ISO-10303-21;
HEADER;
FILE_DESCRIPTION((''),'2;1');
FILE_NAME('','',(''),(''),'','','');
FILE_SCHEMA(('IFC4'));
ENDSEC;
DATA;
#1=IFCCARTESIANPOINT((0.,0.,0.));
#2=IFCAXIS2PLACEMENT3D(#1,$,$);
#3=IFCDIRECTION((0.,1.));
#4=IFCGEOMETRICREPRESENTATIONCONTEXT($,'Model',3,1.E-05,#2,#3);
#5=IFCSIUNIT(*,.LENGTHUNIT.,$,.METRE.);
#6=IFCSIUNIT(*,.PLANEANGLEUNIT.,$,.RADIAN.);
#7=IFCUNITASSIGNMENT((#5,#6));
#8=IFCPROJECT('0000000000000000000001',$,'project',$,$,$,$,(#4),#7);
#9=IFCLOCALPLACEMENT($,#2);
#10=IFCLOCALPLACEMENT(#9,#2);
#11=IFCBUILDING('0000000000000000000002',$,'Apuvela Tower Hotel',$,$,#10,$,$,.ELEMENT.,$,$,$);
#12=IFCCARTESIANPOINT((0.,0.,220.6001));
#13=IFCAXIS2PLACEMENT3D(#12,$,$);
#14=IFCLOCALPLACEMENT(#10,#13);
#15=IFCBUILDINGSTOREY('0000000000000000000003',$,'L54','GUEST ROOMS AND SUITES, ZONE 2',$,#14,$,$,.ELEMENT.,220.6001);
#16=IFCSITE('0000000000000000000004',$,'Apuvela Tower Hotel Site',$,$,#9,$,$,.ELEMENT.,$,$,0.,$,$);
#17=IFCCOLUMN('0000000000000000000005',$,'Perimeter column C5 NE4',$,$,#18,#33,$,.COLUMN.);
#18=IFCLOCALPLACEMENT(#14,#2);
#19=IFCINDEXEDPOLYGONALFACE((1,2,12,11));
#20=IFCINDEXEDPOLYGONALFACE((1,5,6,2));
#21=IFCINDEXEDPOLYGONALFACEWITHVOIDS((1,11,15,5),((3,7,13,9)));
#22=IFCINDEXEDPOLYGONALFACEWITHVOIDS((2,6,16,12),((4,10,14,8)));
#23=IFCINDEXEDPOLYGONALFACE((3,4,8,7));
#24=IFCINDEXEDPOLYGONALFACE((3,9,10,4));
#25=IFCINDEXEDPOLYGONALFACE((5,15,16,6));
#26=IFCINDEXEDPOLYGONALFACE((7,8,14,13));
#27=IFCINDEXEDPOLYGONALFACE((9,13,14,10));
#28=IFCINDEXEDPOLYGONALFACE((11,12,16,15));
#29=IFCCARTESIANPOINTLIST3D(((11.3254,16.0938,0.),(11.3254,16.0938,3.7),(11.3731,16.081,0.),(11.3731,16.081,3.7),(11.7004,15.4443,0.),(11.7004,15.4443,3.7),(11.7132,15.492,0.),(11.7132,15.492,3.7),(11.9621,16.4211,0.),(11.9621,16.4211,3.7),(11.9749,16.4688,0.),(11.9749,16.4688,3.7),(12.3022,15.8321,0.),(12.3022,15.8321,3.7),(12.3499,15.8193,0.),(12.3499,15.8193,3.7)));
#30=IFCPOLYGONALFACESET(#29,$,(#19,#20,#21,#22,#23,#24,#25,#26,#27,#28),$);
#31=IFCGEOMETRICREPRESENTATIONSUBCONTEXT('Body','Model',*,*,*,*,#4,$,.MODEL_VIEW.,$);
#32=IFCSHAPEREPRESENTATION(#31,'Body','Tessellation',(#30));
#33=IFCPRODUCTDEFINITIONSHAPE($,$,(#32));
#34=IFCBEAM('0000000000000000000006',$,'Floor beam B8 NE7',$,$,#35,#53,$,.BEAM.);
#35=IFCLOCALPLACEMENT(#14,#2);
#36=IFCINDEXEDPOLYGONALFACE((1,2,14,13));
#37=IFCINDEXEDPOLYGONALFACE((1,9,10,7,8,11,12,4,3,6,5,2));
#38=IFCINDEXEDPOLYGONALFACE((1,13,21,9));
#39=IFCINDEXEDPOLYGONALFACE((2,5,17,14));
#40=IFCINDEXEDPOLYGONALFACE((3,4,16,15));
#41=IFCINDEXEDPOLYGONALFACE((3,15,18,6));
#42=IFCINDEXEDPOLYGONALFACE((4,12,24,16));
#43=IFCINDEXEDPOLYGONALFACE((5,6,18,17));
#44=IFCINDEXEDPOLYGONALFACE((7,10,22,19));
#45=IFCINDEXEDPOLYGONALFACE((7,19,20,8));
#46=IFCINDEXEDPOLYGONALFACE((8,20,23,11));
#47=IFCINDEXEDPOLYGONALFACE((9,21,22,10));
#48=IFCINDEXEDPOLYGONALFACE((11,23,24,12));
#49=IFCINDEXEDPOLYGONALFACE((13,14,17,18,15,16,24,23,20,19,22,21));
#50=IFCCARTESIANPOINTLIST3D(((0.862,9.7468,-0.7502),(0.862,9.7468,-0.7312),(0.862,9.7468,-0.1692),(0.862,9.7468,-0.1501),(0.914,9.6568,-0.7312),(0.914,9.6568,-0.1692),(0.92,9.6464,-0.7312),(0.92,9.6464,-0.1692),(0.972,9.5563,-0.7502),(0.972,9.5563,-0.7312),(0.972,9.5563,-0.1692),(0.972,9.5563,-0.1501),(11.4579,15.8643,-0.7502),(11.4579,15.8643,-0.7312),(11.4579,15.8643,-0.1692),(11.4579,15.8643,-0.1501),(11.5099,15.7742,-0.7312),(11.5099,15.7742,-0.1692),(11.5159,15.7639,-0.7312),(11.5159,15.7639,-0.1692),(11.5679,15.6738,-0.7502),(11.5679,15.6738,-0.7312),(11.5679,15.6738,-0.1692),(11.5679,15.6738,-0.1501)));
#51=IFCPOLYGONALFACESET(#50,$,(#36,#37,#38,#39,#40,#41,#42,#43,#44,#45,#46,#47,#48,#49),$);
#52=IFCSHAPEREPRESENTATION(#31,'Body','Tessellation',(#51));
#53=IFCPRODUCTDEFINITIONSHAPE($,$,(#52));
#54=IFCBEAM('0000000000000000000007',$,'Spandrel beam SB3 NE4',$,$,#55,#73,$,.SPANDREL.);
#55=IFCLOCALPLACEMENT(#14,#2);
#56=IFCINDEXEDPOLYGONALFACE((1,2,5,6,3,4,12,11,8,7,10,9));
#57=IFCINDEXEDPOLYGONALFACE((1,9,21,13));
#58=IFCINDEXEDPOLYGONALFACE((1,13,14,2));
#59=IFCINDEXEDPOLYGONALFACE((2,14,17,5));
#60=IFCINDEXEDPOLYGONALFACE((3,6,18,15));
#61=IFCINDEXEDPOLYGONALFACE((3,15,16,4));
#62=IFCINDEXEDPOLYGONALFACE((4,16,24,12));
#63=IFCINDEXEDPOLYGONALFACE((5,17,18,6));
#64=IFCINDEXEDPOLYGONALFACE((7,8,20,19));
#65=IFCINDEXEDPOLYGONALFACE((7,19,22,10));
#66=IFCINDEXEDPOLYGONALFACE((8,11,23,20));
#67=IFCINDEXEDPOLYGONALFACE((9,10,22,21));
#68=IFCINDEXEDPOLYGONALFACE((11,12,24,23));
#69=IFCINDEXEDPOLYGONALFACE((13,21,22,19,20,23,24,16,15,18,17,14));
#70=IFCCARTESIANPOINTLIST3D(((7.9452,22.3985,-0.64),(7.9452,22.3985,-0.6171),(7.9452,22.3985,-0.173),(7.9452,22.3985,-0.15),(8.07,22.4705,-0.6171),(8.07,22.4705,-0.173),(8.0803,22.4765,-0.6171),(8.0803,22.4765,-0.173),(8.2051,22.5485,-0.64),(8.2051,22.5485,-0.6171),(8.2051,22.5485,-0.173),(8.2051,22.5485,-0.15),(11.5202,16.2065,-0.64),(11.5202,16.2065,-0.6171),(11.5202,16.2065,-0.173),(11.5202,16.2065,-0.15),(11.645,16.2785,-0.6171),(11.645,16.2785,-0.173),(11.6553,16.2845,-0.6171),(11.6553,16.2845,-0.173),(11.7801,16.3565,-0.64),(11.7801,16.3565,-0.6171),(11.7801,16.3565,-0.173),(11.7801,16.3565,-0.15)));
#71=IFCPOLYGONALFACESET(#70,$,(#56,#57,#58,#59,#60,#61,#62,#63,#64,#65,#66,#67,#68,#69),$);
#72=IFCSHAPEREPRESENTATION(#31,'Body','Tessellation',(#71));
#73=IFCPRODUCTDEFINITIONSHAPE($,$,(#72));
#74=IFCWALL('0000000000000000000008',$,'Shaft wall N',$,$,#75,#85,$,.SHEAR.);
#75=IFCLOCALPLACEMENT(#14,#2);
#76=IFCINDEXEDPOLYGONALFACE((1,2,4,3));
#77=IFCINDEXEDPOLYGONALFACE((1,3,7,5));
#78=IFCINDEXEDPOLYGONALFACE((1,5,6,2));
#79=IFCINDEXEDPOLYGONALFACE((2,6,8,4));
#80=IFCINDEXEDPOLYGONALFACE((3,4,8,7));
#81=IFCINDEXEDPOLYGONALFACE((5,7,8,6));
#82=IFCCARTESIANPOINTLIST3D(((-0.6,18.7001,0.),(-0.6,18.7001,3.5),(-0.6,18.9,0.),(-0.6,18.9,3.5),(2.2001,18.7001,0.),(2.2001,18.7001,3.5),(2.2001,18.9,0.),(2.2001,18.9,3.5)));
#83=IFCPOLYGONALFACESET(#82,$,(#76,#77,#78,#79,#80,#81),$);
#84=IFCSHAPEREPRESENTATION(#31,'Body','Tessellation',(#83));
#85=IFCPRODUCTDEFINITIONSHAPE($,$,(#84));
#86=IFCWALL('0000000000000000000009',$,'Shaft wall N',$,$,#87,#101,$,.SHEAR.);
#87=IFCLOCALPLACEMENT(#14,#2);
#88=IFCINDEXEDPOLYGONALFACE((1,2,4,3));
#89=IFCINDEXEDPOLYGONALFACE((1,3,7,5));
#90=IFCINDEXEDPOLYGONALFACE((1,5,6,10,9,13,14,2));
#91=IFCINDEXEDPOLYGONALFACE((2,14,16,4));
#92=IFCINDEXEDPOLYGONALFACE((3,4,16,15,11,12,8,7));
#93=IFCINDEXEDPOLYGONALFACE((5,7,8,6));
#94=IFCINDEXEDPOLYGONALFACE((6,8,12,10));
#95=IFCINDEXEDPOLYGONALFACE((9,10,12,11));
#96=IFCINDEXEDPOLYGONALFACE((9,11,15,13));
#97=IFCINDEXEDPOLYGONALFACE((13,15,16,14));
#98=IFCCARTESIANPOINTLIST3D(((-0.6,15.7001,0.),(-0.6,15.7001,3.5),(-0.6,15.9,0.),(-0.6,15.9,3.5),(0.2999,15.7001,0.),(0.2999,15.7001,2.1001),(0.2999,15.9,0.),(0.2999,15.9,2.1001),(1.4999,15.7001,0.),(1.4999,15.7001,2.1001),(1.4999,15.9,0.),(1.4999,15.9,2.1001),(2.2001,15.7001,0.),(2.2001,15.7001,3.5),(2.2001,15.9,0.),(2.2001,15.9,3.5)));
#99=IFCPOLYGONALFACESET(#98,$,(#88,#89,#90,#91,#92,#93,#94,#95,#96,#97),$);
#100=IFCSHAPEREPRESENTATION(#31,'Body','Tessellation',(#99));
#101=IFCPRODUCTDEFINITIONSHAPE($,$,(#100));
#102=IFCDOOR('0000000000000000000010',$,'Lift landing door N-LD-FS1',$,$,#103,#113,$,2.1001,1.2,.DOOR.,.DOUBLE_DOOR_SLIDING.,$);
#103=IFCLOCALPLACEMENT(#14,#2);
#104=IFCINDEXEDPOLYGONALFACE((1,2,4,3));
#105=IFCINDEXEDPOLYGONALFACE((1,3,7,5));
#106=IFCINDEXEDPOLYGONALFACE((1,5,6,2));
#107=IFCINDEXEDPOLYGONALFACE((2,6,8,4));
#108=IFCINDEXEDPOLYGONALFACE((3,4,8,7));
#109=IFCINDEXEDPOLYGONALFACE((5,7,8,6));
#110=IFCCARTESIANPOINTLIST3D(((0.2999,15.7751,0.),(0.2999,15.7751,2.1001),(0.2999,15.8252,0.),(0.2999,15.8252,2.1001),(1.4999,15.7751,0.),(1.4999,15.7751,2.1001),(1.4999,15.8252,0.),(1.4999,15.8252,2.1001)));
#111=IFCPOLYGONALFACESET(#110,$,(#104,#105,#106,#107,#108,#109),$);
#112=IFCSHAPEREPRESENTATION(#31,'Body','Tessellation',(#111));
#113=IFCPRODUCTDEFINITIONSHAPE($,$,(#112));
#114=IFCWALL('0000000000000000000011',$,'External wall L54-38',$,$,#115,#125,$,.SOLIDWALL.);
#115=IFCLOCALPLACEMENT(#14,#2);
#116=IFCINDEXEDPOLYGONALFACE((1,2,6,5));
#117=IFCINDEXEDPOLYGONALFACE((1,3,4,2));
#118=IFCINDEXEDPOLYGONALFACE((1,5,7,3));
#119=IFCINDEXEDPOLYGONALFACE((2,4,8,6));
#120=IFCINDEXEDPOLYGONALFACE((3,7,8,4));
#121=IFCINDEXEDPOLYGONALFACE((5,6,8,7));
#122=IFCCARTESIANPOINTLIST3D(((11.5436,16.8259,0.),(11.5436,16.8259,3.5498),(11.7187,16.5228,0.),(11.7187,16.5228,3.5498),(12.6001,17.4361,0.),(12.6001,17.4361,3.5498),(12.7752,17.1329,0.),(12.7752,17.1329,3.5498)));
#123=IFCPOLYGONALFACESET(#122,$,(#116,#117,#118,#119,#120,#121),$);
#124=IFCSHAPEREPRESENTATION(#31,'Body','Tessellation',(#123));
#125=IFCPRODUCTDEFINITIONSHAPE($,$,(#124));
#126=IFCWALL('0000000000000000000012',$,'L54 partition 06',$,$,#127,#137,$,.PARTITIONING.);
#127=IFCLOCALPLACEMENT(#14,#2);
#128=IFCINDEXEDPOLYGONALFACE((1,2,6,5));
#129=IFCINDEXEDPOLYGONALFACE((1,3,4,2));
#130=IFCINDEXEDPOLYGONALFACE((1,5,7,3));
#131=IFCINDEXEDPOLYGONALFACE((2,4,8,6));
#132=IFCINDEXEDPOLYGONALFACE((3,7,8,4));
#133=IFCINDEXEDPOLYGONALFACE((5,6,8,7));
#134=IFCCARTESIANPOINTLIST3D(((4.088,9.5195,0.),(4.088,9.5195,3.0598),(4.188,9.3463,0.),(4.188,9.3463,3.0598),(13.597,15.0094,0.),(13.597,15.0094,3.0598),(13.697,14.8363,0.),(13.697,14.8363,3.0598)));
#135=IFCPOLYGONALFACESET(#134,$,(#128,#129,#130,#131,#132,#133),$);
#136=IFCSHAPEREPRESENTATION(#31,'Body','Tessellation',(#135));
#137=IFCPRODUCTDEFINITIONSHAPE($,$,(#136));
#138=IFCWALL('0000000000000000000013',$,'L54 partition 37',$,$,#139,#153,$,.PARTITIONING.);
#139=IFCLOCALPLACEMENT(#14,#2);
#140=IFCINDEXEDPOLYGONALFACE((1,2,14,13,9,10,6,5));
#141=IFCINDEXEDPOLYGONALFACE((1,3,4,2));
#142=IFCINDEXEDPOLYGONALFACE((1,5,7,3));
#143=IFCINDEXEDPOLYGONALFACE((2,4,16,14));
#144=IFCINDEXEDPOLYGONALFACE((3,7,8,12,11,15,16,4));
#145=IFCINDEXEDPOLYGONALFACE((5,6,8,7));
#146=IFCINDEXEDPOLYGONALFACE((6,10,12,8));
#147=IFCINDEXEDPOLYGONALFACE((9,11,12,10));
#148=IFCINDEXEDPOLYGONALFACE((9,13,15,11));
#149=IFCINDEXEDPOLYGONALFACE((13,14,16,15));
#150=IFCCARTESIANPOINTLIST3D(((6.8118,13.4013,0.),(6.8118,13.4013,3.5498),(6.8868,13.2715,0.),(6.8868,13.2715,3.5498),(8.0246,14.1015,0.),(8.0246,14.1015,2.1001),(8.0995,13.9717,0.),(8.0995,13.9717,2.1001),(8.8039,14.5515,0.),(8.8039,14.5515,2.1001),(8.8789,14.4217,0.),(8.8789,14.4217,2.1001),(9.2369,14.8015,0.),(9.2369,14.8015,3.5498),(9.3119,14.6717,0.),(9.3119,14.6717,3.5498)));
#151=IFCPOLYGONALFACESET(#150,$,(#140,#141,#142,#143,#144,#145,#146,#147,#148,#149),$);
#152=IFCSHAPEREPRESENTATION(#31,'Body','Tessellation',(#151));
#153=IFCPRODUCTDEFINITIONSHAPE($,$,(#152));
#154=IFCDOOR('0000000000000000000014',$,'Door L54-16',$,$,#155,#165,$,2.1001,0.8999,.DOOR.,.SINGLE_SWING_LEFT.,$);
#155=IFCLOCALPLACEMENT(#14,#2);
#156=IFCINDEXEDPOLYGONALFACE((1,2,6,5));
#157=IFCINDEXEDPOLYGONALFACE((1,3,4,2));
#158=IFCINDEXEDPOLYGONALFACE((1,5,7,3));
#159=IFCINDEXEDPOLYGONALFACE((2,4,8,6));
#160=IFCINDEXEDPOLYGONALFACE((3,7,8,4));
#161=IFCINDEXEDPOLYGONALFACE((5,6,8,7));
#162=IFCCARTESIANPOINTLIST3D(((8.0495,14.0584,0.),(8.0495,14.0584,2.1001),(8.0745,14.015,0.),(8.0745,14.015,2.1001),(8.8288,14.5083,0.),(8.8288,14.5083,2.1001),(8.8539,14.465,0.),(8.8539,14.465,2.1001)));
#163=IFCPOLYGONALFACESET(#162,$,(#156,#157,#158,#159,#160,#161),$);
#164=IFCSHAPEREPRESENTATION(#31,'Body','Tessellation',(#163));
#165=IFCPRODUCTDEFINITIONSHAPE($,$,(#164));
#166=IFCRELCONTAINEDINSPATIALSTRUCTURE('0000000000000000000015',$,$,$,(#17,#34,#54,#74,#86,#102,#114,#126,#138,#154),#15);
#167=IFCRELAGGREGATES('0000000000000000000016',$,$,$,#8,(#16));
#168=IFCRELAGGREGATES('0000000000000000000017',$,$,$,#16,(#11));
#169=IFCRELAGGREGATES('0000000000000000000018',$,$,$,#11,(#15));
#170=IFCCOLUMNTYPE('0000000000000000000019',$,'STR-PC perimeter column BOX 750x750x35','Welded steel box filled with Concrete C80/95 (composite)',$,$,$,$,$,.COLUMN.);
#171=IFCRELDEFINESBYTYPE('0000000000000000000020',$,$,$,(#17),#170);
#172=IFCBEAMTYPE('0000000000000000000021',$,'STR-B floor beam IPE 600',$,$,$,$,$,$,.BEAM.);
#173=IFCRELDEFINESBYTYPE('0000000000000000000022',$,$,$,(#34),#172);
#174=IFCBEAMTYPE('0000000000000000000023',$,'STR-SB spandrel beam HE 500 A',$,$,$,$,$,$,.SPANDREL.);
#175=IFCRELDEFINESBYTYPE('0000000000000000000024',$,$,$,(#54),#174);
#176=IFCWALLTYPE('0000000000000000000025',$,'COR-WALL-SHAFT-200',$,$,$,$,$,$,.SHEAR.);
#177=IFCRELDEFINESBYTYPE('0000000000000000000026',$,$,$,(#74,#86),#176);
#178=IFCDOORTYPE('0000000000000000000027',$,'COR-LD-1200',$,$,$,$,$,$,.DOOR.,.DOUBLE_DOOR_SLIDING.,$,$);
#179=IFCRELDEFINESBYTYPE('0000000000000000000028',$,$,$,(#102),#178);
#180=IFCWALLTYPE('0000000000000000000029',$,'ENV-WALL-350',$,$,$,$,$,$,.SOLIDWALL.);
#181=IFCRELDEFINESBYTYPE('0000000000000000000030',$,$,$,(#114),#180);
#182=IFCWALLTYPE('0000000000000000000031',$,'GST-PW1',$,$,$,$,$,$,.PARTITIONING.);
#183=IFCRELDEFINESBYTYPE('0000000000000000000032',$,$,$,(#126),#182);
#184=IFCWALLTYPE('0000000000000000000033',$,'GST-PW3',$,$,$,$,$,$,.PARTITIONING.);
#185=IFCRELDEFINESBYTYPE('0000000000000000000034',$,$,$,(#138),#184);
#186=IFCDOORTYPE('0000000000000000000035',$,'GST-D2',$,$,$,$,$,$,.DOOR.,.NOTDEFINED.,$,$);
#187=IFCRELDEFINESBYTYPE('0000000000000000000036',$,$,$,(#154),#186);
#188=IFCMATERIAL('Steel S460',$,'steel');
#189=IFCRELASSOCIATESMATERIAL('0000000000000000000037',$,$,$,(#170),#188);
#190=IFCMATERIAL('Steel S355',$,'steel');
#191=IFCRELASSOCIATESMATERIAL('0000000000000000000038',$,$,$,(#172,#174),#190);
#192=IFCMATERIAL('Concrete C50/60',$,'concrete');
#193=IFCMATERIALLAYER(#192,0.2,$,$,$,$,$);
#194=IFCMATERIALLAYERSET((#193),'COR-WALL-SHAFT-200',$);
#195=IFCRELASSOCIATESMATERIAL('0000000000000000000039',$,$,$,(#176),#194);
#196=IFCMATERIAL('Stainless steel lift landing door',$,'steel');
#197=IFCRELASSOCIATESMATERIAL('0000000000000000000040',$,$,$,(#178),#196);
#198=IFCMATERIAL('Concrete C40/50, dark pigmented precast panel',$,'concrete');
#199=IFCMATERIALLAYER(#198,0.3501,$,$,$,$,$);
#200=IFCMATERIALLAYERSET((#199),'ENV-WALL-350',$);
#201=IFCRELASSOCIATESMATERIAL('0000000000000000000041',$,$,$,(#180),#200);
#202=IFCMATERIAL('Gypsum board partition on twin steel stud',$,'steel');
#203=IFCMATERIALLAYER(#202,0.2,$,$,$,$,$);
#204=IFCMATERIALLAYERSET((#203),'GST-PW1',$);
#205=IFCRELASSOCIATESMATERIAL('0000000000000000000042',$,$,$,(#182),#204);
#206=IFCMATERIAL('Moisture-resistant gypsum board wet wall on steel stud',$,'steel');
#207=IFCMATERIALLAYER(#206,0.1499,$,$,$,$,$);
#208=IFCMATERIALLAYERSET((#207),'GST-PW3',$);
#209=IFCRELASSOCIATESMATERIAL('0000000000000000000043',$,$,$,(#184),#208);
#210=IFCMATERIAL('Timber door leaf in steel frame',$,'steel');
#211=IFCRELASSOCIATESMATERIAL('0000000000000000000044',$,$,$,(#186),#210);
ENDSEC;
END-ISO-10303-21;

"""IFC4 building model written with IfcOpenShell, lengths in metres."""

from ifc_helpers import new_model, si_unit, direction, frame, frame_2d, origin, origin_2d, place, context, subcontext, project, spatial, rectangle, hollow_rectangle, i_section, extrude, material, layer, layer_set, material_profile, profile_set, type_object, element, fill, save


model = new_model("IFC4")

# Units and contexts
model_context = context("Model", 3, precision=1e-05, world=origin(), true_north=direction((0.0, 1.0)))
body_context = subcontext(model_context, "Body", "Model", "MODEL_VIEW")
ifc_project = project(units=[si_unit("LENGTHUNIT", "METRE"), si_unit("PLANEANGLEUNIT", "RADIAN")], contexts=[model_context])

# Site, building, storey
site_placement = place(None, origin())
site = spatial("IfcSite", under=ifc_project, at=site_placement, Name="Apuvela Tower Hotel Site", CompositionType="ELEMENT", RefElevation=0.0)
building_placement = place(site_placement, origin())
building = spatial("IfcBuilding", under=site, at=building_placement, Name="Apuvela Tower Hotel", CompositionType="ELEMENT")
storey_placement = place(building_placement, frame((0.0, 0.0, 220.6001)))
storey = spatial("IfcBuildingStorey", under=building, at=storey_placement, Name="L54", Description="GUEST ROOMS AND SUITES, ZONE 2", CompositionType="ELEMENT", Elevation=220.6001)

# Column
ifc_material_1 = material(Name="Steel S460", Category="steel")
ifc_material_profile_1 = material_profile(ifc_material_1, hollow_rectangle(XDim=0.75, YDim=0.75, WallThickness=0.0349, at=origin_2d()), Name="BOX 750x750x35")
ifc_material_2 = material(Name="Concrete C80/95", Category="concrete")
ifc_material_profile_2 = material_profile(ifc_material_2, rectangle(XDim=0.6799, YDim=0.6799, at=origin_2d()), Name="Concrete C80/95 infill")
ifc_profile_set_1 = profile_set([ifc_material_profile_1, ifc_material_profile_2], Name="Steel S460")
column_type = type_object("IfcColumnType", Name="STR-PC perimeter column BOX 750x750x35", Description="Welded steel box filled with Concrete C80/95 (composite)", PredefinedType="COLUMN", material=ifc_profile_set_1)
column_placement = place(storey_placement, frame((11.8376, 15.9565, 0.0), z_axis=(0.0, 0.0, 1.0), x_axis=(-0.5, 0.866025, 0.0)))
element("IfcColumn", 1, at=column_placement, inside=storey, type_object=column_type, Name="Perimeter column C5 NE4", PredefinedType="COLUMN", context=body_context, shape_type="SweptSolid", body=[
    extrude(hollow_rectangle(XDim=0.75, YDim=0.75, WallThickness=0.0349, at=origin_2d()), origin(), (0.0, 0.0, 1.0), 3.7),
])

# Beams
ifc_material_3 = material(Name="Steel S355", Category="steel")
ifc_material_profile_3 = material_profile(ifc_material_3, i_section(OverallWidth=0.22, OverallDepth=0.6001, WebThickness=0.012, FlangeThickness=0.019, at=origin_2d()), Name="IPE 600")
ifc_profile_set_2 = profile_set([ifc_material_profile_3], Name="Steel S355")
beam_type_1 = type_object("IfcBeamType", Name="STR-B floor beam IPE 600", PredefinedType="BEAM", material=ifc_profile_set_2)
beam_1_placement = place(storey_placement, frame((11.5129, 15.769, -0.4502), z_axis=(-0.86603, -0.499991, 0.0), x_axis=(0.499991, -0.86603, 0.0)))
element("IfcBeam", 2, at=beam_1_placement, inside=storey, type_object=beam_type_1, Name="Floor beam B8 NE7", PredefinedType="BEAM", context=body_context, shape_type="SweptSolid", body=[
    extrude(i_section(OverallWidth=0.22, OverallDepth=0.6001, WebThickness=0.012, FlangeThickness=0.019, at=origin_2d()), origin(), (0.0, 0.0, 1.0), 12.2351),
])
ifc_material_profile_4 = material_profile(ifc_material_3, i_section(OverallWidth=0.3, OverallDepth=0.49, WebThickness=0.012, FlangeThickness=0.0229, at=origin_2d()), Name="HE 500 A")
ifc_profile_set_3 = profile_set([ifc_material_profile_4], Name="Steel S355")
beam_type_2 = type_object("IfcBeamType", Name="STR-SB spandrel beam HE 500 A", PredefinedType="SPANDREL", material=ifc_profile_set_3)
beam_2_placement = place(storey_placement, frame((11.6501, 16.2815, -0.395), z_axis=(-0.500006, 0.866022, 0.0), x_axis=(-0.866022, -0.500006, 0.0)))
element("IfcBeam", 3, at=beam_2_placement, inside=storey, type_object=beam_type_2, Name="Spandrel beam SB3 NE4", PredefinedType="SPANDREL", context=body_context, shape_type="SweptSolid", body=[
    extrude(i_section(OverallWidth=0.3, OverallDepth=0.49, WebThickness=0.012, FlangeThickness=0.0229, at=origin_2d()), origin(), (0.0, 0.0, 1.0), 7.1499),
])

# Wall
ifc_material_4 = material(Name="Concrete C50/60", Category="concrete")
ifc_layer_1 = layer(ifc_material_4, 0.2)
ifc_layer_set_1 = layer_set([ifc_layer_1], Name="COR-WALL-SHAFT-200")
wall_type_1 = type_object("IfcWallType", Name="COR-WALL-SHAFT-200", PredefinedType="SHEAR", material=ifc_layer_set_1)
wall_1_placement = place(storey_placement, frame((2.2, 18.8, 0.0), z_axis=(0.0, 0.0, 1.0), x_axis=(-1.0, 0.0, 0.0)))
element("IfcWall", 4, at=wall_1_placement, inside=storey, type_object=wall_type_1, Name="Shaft wall N", PredefinedType="SHEAR", context=body_context, shape_type="SweptSolid", body=[
    extrude(rectangle(XDim=2.8, YDim=0.2, at=frame_2d((1.3999, 0.0))), origin(), (0.0, 0.0, 1.0), 3.5),
])

# Wall, opening, door
wall_2_placement = place(storey_placement, frame((2.2, 15.8, 0.0), z_axis=(0.0, 0.0, 1.0), x_axis=(-1.0, 0.0, 0.0)))
wall_2 = element("IfcWall", 5, at=wall_2_placement, inside=storey, type_object=wall_type_1, Name="Shaft wall N", PredefinedType="SHEAR", context=body_context, shape_type="SweptSolid", body=[
    extrude(rectangle(XDim=2.8, YDim=0.2, at=frame_2d((1.3999, 0.0))), origin(), (0.0, 0.0, 1.0), 3.5),
])
opening_1_placement = place(wall_2_placement, frame((0.7, 0.0, 0.0)))
opening_1 = element("IfcOpeningElement", 6, at=opening_1_placement, cuts=wall_2, PredefinedType="OPENING", context=body_context, shape_type="SweptSolid", body=[
    extrude(rectangle(XDim=1.2, YDim=2.1001, at=frame_2d((0.6001, 1.05))), frame((0.0, 0.1099, 0.0), z_axis=(0.0, -1.0, 0.0), x_axis=(1.0, 0.0, 0.0)), (0.0, 0.0, 1.0), 0.22),
])
ifc_material_5 = material(Name="Stainless steel lift landing door", Category="steel")
door_type_1 = type_object("IfcDoorType", Name="COR-LD-1200", OperationType="DOUBLE_DOOR_SLIDING", PredefinedType="DOOR", material=ifc_material_5)
door_1_placement = place(opening_1_placement, origin())
door_1 = element("IfcDoor", 7, at=door_1_placement, inside=storey, type_object=door_type_1, Name="Lift landing door N-LD-FS1", OperationType="DOUBLE_DOOR_SLIDING", OverallHeight=2.1001, OverallWidth=1.2, PredefinedType="DOOR", context=body_context, shape_type="SweptSolid", body=[
    extrude(rectangle(XDim=1.2, YDim=2.1001, at=frame_2d((0.6001, 1.05))), frame((0.0, 0.0249, 0.0), z_axis=(0.0, -1.0, 0.0), x_axis=(1.0, 0.0, 0.0)), (0.0, 0.0, 1.0), 0.05),
])
fill(opening_1, door_1)

# Wall
ifc_material_6 = material(Name="Concrete C40/50, dark pigmented precast panel", Category="concrete")
ifc_layer_2 = layer(ifc_material_6, 0.3501)
ifc_layer_set_2 = layer_set([ifc_layer_2], Name="ENV-WALL-350")
wall_type_2 = type_object("IfcWallType", Name="ENV-WALL-350", PredefinedType="SOLIDWALL", material=ifc_layer_set_2)
wall_3_placement = place(storey_placement, frame((12.6875, 17.2844, 0.0), z_axis=(0.0, 0.0, 1.0), x_axis=(-0.865956, -0.500121, 0.0)))
element("IfcWall", 8, at=wall_3_placement, inside=storey, type_object=wall_type_2, Name="External wall L54-38", PredefinedType="SOLIDWALL", context=body_context, shape_type="SweptSolid", body=[
    extrude(rectangle(XDim=1.22, YDim=0.3501, at=frame_2d((0.6099, 0.0))), origin(), (0.0, 0.0, 1.0), 3.5498),
])

# Wall
ifc_material_7 = material(Name="Gypsum board partition on twin steel stud", Category="steel")
ifc_layer_3 = layer(ifc_material_7, 0.2)
ifc_layer_set_3 = layer_set([ifc_layer_3], Name="GST-PW1")
wall_type_3 = type_object("IfcWallType", Name="GST-PW1", PredefinedType="PARTITIONING", material=ifc_layer_set_3)
wall_4_placement = place(storey_placement, frame((13.647, 14.9229, 0.0), z_axis=(0.0, 0.0, 1.0), x_axis=(-0.866027, -0.499996, 0.0)))
element("IfcWall", 9, at=wall_4_placement, inside=storey, type_object=wall_type_3, Name="L54 partition 06", PredefinedType="PARTITIONING", context=body_context, shape_type="SweptSolid", body=[
    extrude(rectangle(XDim=10.98, YDim=0.2, at=frame_2d((5.49, 0.0))), origin(), (0.0, 0.0, 1.0), 3.0598),
])

# Wall, opening, door
ifc_material_8 = material(Name="Moisture-resistant gypsum board wet wall on steel stud", Category="steel")
ifc_layer_4 = layer(ifc_material_8, 0.1499)
ifc_layer_set_4 = layer_set([ifc_layer_4], Name="GST-PW3")
wall_type_4 = type_object("IfcWallType", Name="GST-PW3", PredefinedType="PARTITIONING", material=ifc_layer_set_4)
wall_5_placement = place(storey_placement, frame((9.2744, 14.7366, 0.0), z_axis=(0.0, 0.0, 1.0), x_axis=(-0.866019, -0.500012, 0.0)))
wall_5 = element("IfcWall", 10, at=wall_5_placement, inside=storey, type_object=wall_type_4, Name="L54 partition 37", PredefinedType="PARTITIONING", context=body_context, shape_type="SweptSolid", body=[
    extrude(rectangle(XDim=2.8003, YDim=0.1499, at=frame_2d((1.4001, 0.0))), origin(), (0.0, 0.0, 1.0), 3.5498),
])
opening_2_placement = place(wall_5_placement, frame((0.5, 0.0, 0.0)))
opening_2 = element("IfcOpeningElement", 11, at=opening_2_placement, cuts=wall_5, PredefinedType="OPENING", context=body_context, shape_type="SweptSolid", body=[
    extrude(rectangle(XDim=0.8999, YDim=2.1001, at=frame_2d((0.45, 1.05))), frame((0.0, 0.085, 0.0), z_axis=(0.0, -1.0, 0.0), x_axis=(1.0, 0.0, 0.0)), (0.0, 0.0, 1.0), 0.1699),
])
ifc_material_9 = material(Name="Timber door leaf in steel frame", Category="steel")
door_type_2 = type_object("IfcDoorType", Name="GST-D2", OperationType="NOTDEFINED", PredefinedType="DOOR", material=ifc_material_9)
door_2_placement = place(opening_2_placement, origin())
door_2 = element("IfcDoor", 12, at=door_2_placement, inside=storey, type_object=door_type_2, Name="Door L54-16", OperationType="SINGLE_SWING_LEFT", OverallHeight=2.1001, OverallWidth=0.8999, PredefinedType="DOOR", context=body_context, shape_type="SweptSolid", body=[
    extrude(rectangle(XDim=0.8999, YDim=2.1001, at=frame_2d((0.45, 1.05))), frame((0.0, 0.0249, 0.0), z_axis=(0.0, -1.0, 0.0), x_axis=(1.0, 0.0, 0.0)), (0.0, 0.0, 1.0), 0.05),
])
fill(opening_2, door_2)

save(model, "model.ifc")
